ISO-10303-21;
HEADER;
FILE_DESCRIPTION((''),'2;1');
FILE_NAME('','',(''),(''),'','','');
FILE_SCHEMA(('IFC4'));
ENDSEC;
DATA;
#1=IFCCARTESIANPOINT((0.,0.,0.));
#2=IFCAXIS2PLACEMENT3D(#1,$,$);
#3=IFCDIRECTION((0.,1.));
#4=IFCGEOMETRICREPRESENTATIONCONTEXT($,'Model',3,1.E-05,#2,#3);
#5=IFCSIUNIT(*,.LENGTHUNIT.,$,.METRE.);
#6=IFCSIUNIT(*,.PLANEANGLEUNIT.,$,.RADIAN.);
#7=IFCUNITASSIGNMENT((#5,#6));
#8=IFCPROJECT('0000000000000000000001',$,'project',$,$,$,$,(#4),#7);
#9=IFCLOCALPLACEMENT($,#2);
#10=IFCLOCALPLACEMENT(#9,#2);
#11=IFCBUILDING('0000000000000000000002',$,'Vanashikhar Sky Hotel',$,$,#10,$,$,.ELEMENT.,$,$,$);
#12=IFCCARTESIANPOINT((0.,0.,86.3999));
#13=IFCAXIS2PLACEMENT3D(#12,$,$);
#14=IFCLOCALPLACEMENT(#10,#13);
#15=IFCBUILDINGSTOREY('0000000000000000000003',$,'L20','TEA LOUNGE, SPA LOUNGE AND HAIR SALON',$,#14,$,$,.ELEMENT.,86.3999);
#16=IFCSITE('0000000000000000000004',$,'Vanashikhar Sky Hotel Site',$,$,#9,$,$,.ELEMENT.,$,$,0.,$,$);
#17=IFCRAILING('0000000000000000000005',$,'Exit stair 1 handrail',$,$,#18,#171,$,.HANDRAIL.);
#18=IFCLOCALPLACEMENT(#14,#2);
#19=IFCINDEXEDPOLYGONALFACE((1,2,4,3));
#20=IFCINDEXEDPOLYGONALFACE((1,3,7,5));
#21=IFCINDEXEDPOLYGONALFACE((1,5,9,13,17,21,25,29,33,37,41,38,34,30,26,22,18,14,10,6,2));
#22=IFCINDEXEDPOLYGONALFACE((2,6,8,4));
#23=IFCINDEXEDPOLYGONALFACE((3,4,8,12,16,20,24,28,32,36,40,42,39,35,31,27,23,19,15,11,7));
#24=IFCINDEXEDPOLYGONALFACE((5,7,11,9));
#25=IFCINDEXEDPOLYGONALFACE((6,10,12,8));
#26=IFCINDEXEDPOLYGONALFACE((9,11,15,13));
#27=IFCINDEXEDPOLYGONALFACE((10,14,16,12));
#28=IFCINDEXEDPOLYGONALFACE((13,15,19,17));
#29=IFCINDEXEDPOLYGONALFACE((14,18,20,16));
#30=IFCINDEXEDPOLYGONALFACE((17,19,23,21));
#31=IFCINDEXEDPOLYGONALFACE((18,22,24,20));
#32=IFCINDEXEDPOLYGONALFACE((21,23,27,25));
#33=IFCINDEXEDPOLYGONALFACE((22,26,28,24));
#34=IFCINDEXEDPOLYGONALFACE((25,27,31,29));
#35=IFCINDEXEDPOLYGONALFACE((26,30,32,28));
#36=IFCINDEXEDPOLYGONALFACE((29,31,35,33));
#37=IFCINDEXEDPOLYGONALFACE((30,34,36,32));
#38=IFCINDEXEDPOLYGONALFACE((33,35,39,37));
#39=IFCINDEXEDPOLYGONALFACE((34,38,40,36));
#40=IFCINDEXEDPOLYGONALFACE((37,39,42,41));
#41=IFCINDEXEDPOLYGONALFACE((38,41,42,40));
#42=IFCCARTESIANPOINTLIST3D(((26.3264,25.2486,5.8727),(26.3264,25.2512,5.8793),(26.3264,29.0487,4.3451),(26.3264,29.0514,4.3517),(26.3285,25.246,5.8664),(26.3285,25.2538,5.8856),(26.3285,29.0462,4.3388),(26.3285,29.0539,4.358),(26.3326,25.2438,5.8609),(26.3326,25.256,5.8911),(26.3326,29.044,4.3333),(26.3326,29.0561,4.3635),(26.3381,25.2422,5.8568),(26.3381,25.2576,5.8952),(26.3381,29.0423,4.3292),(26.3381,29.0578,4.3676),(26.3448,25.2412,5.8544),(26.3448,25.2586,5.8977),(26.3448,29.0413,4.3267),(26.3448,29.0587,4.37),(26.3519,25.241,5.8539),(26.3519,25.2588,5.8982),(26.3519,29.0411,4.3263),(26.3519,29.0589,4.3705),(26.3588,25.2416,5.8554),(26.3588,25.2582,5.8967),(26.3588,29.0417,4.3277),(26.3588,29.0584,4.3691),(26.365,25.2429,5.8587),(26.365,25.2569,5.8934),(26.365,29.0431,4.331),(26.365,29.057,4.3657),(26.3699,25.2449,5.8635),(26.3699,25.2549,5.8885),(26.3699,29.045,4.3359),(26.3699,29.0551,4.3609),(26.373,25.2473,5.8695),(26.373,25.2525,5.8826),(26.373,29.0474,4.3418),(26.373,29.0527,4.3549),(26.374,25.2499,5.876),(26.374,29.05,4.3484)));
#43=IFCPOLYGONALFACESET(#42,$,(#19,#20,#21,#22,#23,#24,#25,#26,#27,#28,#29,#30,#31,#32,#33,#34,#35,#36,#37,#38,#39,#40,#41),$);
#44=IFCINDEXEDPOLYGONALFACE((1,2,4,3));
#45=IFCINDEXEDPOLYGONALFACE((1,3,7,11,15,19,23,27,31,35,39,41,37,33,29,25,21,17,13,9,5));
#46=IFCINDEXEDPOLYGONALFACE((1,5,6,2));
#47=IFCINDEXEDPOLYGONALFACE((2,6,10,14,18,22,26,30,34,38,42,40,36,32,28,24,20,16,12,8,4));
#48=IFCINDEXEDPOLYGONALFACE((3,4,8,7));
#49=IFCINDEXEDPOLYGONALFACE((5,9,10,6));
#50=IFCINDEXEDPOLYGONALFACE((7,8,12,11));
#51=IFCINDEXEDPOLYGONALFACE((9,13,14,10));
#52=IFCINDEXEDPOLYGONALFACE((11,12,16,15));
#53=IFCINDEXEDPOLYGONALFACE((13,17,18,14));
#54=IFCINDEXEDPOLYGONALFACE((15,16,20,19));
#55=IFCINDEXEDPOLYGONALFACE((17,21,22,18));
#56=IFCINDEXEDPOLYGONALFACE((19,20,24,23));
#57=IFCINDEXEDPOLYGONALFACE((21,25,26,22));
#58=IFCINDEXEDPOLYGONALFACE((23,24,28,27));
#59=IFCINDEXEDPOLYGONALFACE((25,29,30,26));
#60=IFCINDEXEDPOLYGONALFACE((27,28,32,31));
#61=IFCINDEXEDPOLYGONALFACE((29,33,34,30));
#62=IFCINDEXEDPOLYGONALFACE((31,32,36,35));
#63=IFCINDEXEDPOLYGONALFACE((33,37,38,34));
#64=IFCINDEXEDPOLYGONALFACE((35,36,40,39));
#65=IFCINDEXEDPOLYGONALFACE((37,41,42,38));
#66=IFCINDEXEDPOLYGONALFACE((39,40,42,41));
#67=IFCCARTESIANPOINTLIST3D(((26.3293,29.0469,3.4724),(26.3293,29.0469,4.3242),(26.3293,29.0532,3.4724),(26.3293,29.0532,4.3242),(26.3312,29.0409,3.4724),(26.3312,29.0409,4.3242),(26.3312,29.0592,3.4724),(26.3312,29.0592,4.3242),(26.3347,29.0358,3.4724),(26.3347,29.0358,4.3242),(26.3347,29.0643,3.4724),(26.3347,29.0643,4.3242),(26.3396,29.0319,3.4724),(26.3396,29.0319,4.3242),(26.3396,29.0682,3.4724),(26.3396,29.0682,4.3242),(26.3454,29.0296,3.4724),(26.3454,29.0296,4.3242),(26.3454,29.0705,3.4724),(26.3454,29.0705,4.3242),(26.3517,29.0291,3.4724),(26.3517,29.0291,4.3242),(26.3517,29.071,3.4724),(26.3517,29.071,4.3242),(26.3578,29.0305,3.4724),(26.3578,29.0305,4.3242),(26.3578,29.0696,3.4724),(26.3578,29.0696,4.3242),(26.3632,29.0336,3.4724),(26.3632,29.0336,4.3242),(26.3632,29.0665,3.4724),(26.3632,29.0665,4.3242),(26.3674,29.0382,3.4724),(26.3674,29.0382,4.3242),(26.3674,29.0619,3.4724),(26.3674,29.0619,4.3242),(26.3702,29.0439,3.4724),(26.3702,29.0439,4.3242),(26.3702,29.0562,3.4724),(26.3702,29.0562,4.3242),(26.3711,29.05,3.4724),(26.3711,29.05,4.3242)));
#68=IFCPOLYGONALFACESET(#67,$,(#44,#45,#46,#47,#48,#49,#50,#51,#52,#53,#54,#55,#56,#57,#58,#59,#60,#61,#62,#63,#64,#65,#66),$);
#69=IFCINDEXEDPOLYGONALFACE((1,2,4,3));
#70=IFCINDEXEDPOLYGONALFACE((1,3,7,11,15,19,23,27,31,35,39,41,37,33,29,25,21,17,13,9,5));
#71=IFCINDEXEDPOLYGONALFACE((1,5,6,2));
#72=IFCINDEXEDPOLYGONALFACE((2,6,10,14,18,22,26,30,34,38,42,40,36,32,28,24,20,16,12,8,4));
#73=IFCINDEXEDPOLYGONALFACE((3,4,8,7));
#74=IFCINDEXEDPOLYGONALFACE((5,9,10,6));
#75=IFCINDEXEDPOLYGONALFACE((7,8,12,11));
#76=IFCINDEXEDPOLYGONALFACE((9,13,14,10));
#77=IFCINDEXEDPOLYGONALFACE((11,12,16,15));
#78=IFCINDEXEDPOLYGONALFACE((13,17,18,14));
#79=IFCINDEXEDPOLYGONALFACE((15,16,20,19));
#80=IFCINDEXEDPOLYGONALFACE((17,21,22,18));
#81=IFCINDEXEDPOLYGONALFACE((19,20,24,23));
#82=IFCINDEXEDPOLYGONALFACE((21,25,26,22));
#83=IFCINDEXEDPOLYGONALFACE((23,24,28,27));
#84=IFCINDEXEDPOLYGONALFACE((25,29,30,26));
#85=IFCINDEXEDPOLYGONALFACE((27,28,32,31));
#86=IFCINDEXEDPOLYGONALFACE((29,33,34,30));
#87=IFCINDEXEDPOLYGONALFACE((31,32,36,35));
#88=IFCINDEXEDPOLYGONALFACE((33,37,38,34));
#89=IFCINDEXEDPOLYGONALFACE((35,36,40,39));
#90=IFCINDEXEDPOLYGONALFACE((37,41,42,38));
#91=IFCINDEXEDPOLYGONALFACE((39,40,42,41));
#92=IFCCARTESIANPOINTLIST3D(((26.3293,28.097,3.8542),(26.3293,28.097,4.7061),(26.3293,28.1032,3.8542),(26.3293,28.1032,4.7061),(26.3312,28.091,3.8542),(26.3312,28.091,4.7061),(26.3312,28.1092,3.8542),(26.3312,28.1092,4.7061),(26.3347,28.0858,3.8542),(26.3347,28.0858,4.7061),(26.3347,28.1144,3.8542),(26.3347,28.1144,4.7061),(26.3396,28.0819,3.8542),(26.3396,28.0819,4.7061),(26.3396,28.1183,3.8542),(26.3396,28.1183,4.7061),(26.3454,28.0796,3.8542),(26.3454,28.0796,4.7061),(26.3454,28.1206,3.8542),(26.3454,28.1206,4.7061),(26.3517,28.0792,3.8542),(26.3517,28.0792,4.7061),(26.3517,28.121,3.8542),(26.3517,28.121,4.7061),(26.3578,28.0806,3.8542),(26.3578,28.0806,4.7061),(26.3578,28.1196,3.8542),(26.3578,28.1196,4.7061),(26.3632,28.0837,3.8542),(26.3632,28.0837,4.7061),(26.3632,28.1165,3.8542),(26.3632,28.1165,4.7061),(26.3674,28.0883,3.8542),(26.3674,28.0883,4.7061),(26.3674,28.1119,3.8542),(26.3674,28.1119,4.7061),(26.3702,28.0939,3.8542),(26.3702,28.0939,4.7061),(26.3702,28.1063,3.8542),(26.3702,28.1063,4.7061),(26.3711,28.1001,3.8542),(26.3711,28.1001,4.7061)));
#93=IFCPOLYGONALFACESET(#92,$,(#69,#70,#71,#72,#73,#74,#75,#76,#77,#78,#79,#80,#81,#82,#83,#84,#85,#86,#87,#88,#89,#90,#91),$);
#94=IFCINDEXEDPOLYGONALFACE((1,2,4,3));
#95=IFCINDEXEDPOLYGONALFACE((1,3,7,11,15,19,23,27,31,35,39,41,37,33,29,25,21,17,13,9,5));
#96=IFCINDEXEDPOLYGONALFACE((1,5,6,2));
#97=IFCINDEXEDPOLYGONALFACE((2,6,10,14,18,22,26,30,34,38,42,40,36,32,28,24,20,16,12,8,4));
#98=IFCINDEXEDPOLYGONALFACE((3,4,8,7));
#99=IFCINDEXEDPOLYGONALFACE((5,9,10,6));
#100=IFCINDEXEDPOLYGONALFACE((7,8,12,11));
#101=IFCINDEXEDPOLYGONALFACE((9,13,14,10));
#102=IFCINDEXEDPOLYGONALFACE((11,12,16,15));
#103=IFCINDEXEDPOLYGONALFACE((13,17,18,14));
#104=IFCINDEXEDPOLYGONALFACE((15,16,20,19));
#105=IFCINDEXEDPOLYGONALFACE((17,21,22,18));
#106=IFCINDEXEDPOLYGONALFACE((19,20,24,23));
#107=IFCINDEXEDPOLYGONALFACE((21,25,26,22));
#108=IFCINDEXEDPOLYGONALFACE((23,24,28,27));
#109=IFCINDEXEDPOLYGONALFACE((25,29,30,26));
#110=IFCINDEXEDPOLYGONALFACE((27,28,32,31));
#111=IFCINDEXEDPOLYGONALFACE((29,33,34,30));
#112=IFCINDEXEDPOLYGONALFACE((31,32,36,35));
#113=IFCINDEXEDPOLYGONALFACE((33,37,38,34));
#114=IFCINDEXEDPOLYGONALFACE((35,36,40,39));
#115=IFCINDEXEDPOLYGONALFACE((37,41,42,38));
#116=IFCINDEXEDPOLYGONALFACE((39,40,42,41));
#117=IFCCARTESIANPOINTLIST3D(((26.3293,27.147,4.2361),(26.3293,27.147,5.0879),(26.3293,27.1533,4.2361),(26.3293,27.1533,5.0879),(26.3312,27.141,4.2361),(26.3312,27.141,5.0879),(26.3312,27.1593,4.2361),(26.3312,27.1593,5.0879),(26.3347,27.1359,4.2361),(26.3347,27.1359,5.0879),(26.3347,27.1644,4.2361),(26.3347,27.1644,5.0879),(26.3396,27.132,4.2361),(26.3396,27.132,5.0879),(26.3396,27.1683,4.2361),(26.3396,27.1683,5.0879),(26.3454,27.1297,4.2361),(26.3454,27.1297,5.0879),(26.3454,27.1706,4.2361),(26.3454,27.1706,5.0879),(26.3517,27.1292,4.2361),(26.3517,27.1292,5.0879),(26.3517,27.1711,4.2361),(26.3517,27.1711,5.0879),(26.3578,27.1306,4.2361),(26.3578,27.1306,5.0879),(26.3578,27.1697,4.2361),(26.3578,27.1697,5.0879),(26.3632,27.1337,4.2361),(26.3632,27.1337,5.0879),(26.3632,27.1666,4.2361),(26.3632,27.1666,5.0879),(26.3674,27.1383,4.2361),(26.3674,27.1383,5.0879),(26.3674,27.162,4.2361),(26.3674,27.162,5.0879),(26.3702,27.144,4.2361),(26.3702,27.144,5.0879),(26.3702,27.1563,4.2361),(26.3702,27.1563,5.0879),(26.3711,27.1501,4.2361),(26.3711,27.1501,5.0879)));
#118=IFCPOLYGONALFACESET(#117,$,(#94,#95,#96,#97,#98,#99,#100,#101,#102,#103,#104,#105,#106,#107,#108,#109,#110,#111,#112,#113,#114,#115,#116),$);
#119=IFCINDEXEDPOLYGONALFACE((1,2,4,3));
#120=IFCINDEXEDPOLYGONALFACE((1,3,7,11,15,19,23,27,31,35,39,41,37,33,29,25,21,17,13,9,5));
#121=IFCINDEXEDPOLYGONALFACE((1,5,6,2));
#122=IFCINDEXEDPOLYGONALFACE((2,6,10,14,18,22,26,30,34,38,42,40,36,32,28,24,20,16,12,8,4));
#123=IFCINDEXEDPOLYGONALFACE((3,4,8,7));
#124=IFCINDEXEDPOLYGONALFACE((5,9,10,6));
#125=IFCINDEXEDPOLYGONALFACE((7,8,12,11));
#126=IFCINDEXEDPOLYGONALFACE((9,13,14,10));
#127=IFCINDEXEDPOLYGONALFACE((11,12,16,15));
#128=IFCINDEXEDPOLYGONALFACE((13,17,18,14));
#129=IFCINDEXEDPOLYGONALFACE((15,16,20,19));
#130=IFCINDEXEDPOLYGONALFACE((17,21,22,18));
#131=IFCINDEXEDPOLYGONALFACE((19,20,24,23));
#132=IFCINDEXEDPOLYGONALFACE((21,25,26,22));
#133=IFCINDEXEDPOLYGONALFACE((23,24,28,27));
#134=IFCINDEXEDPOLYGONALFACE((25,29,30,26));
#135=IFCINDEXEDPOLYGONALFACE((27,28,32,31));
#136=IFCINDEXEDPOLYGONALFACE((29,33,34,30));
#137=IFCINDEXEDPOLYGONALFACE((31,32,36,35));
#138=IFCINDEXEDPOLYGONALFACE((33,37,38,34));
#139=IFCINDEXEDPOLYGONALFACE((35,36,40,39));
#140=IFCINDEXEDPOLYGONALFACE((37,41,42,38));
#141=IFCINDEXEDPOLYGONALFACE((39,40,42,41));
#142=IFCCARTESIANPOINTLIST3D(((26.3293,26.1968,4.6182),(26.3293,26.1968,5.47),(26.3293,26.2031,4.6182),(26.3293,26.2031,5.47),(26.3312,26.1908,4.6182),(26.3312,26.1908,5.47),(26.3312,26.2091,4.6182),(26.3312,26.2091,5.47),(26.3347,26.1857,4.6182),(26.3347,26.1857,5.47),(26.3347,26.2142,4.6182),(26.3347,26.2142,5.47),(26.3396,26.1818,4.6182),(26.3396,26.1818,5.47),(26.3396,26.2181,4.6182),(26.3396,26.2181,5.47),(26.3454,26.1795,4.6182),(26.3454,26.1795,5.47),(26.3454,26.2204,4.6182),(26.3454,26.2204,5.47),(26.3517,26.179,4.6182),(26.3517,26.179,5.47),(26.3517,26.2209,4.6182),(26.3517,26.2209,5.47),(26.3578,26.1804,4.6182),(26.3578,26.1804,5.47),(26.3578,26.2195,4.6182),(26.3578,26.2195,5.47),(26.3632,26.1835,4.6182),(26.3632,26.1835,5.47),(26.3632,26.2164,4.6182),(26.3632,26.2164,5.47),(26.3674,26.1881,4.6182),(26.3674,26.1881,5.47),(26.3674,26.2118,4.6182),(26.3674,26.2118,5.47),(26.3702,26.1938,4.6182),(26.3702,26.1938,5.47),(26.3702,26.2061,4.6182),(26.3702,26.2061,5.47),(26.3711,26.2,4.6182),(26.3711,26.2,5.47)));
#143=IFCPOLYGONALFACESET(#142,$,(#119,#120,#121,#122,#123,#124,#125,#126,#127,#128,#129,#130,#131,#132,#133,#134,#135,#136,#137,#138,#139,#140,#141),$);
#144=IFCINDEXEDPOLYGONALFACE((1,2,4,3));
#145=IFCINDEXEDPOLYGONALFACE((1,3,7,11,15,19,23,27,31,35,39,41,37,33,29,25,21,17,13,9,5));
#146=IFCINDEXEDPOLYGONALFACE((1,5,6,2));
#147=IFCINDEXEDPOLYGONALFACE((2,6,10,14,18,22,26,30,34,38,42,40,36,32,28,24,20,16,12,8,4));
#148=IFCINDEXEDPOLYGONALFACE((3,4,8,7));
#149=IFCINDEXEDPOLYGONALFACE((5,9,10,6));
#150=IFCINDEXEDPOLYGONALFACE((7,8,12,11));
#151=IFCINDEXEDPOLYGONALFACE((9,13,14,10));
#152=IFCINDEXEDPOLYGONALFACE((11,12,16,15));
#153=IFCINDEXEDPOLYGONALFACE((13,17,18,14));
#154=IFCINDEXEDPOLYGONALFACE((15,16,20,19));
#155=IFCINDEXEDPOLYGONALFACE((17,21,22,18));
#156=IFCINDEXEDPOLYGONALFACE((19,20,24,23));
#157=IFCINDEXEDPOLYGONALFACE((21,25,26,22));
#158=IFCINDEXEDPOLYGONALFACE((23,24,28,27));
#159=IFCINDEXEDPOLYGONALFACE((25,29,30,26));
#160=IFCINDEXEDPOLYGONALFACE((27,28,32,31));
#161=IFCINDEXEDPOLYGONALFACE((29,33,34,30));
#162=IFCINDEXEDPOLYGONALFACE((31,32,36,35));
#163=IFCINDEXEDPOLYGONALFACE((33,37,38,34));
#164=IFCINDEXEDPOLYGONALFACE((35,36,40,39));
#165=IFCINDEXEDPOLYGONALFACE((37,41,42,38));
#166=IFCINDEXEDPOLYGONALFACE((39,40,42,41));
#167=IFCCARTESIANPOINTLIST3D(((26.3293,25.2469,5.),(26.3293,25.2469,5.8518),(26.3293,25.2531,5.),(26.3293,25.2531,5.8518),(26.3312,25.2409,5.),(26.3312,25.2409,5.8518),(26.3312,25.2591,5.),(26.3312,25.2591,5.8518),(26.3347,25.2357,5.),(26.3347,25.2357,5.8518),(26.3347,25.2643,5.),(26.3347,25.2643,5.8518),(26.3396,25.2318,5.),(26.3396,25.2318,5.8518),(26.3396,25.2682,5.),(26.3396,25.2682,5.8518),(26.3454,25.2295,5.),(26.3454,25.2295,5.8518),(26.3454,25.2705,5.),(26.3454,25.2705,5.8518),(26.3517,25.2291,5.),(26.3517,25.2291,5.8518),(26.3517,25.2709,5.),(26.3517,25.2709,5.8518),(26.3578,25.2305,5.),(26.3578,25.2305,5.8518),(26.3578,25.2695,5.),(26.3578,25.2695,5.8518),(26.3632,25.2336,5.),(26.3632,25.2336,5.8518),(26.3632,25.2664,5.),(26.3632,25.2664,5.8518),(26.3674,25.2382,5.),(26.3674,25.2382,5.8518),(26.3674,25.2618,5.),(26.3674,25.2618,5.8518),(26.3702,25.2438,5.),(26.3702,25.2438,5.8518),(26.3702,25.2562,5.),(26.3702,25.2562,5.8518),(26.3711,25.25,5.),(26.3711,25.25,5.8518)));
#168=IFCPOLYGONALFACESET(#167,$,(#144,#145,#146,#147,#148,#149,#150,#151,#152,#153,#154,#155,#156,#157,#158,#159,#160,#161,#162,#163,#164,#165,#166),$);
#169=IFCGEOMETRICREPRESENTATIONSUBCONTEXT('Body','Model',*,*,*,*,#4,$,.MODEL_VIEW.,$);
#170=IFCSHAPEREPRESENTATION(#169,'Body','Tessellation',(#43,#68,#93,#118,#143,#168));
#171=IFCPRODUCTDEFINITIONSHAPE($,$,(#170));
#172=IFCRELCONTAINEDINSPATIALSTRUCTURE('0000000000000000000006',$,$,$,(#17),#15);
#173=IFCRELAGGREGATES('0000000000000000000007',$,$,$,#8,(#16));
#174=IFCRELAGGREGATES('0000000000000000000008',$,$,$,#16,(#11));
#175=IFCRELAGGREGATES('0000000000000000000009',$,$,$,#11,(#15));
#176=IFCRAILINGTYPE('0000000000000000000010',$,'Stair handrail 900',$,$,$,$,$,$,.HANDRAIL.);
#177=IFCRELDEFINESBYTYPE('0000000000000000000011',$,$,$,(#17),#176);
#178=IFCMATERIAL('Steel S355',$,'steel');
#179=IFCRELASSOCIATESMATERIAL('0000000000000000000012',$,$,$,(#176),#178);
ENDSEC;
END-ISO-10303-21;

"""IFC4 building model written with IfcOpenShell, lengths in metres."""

from ifc_helpers import new_model, si_unit, direction, frame, origin, origin_2d, place, context, subcontext, project, spatial, circle, extrude, source, transform, mapped, material, type_object, element, save


model = new_model("IFC4")

# Units and contexts
model_context = context("Model", 3, precision=1e-05, world=origin(), true_north=direction((0.0, 1.0)))
body_context = subcontext(model_context, "Body", "Model", "MODEL_VIEW")
ifc_project = project(units=[si_unit("LENGTHUNIT", "METRE"), si_unit("PLANEANGLEUNIT", "RADIAN")], contexts=[model_context])

# Site, building, storey
site_placement = place(None, origin())
site = spatial("IfcSite", under=ifc_project, at=site_placement, Name="Vanashikhar Sky Hotel Site", CompositionType="ELEMENT", RefElevation=0.0)
building_placement = place(site_placement, origin())
building = spatial("IfcBuilding", under=site, at=building_placement, Name="Vanashikhar Sky Hotel", CompositionType="ELEMENT")
storey_placement = place(building_placement, frame((0.0, 0.0, 86.3999)))
storey = spatial("IfcBuildingStorey", under=building, at=storey_placement, Name="L20", Description="TEA LOUNGE, SPA LOUNGE AND HAIR SALON", CompositionType="ELEMENT", Elevation=86.3999)

# Railing
ifc_material_1 = material(Name="Steel S355", Category="steel")
railing_type_1 = type_object("IfcRailingType", Name="Stair handrail 900", PredefinedType="HANDRAIL", material=ifc_material_1)
shared_shape_1 = source(origin(), body_context, "Body", "SweptSolid", [
    extrude(circle(Radius=0.0239, at=origin_2d()), frame((0.0, 0.0, 0.876), z_axis=(0.0, -0.927838, 0.372983), x_axis=(1.0, 0.0, 0.0)), (0.0, 0.0, 1.0), 4.0957),
    extrude(circle(Radius=0.021, at=origin_2d()), origin(), (0.0, 0.0, 1.0), 0.8518),
    extrude(circle(Radius=0.021, at=origin_2d()), frame((0.0, -0.95, 0.3818)), (0.0, 0.0, 1.0), 0.8518),
    extrude(circle(Radius=0.021, at=origin_2d()), frame((0.0, -1.8999, 0.7637)), (0.0, 0.0, 1.0), 0.8518),
    extrude(circle(Radius=0.021, at=origin_2d()), frame((0.0, -2.8501, 1.1458)), (0.0, 0.0, 1.0), 0.8518),
    extrude(circle(Radius=0.021, at=origin_2d()), frame((0.0, -3.8, 1.5276)), (0.0, 0.0, 1.0), 0.8518),
])
for number, where, name in (
    (1, (26.3501, 29.05, 3.4724), "Exit stair 1 handrail"),
):
    element("IfcRailing", number, at=place(storey_placement, frame(where)), inside=storey, type_object=railing_type_1, Name=name, PredefinedType="HANDRAIL", context=body_context, shape_type="MappedRepresentation", body=[
        mapped(shared_shape_1, transform((0.0, 0.0, 0.0), scale=1.0)),
    ])

save(model, "model.ifc")
